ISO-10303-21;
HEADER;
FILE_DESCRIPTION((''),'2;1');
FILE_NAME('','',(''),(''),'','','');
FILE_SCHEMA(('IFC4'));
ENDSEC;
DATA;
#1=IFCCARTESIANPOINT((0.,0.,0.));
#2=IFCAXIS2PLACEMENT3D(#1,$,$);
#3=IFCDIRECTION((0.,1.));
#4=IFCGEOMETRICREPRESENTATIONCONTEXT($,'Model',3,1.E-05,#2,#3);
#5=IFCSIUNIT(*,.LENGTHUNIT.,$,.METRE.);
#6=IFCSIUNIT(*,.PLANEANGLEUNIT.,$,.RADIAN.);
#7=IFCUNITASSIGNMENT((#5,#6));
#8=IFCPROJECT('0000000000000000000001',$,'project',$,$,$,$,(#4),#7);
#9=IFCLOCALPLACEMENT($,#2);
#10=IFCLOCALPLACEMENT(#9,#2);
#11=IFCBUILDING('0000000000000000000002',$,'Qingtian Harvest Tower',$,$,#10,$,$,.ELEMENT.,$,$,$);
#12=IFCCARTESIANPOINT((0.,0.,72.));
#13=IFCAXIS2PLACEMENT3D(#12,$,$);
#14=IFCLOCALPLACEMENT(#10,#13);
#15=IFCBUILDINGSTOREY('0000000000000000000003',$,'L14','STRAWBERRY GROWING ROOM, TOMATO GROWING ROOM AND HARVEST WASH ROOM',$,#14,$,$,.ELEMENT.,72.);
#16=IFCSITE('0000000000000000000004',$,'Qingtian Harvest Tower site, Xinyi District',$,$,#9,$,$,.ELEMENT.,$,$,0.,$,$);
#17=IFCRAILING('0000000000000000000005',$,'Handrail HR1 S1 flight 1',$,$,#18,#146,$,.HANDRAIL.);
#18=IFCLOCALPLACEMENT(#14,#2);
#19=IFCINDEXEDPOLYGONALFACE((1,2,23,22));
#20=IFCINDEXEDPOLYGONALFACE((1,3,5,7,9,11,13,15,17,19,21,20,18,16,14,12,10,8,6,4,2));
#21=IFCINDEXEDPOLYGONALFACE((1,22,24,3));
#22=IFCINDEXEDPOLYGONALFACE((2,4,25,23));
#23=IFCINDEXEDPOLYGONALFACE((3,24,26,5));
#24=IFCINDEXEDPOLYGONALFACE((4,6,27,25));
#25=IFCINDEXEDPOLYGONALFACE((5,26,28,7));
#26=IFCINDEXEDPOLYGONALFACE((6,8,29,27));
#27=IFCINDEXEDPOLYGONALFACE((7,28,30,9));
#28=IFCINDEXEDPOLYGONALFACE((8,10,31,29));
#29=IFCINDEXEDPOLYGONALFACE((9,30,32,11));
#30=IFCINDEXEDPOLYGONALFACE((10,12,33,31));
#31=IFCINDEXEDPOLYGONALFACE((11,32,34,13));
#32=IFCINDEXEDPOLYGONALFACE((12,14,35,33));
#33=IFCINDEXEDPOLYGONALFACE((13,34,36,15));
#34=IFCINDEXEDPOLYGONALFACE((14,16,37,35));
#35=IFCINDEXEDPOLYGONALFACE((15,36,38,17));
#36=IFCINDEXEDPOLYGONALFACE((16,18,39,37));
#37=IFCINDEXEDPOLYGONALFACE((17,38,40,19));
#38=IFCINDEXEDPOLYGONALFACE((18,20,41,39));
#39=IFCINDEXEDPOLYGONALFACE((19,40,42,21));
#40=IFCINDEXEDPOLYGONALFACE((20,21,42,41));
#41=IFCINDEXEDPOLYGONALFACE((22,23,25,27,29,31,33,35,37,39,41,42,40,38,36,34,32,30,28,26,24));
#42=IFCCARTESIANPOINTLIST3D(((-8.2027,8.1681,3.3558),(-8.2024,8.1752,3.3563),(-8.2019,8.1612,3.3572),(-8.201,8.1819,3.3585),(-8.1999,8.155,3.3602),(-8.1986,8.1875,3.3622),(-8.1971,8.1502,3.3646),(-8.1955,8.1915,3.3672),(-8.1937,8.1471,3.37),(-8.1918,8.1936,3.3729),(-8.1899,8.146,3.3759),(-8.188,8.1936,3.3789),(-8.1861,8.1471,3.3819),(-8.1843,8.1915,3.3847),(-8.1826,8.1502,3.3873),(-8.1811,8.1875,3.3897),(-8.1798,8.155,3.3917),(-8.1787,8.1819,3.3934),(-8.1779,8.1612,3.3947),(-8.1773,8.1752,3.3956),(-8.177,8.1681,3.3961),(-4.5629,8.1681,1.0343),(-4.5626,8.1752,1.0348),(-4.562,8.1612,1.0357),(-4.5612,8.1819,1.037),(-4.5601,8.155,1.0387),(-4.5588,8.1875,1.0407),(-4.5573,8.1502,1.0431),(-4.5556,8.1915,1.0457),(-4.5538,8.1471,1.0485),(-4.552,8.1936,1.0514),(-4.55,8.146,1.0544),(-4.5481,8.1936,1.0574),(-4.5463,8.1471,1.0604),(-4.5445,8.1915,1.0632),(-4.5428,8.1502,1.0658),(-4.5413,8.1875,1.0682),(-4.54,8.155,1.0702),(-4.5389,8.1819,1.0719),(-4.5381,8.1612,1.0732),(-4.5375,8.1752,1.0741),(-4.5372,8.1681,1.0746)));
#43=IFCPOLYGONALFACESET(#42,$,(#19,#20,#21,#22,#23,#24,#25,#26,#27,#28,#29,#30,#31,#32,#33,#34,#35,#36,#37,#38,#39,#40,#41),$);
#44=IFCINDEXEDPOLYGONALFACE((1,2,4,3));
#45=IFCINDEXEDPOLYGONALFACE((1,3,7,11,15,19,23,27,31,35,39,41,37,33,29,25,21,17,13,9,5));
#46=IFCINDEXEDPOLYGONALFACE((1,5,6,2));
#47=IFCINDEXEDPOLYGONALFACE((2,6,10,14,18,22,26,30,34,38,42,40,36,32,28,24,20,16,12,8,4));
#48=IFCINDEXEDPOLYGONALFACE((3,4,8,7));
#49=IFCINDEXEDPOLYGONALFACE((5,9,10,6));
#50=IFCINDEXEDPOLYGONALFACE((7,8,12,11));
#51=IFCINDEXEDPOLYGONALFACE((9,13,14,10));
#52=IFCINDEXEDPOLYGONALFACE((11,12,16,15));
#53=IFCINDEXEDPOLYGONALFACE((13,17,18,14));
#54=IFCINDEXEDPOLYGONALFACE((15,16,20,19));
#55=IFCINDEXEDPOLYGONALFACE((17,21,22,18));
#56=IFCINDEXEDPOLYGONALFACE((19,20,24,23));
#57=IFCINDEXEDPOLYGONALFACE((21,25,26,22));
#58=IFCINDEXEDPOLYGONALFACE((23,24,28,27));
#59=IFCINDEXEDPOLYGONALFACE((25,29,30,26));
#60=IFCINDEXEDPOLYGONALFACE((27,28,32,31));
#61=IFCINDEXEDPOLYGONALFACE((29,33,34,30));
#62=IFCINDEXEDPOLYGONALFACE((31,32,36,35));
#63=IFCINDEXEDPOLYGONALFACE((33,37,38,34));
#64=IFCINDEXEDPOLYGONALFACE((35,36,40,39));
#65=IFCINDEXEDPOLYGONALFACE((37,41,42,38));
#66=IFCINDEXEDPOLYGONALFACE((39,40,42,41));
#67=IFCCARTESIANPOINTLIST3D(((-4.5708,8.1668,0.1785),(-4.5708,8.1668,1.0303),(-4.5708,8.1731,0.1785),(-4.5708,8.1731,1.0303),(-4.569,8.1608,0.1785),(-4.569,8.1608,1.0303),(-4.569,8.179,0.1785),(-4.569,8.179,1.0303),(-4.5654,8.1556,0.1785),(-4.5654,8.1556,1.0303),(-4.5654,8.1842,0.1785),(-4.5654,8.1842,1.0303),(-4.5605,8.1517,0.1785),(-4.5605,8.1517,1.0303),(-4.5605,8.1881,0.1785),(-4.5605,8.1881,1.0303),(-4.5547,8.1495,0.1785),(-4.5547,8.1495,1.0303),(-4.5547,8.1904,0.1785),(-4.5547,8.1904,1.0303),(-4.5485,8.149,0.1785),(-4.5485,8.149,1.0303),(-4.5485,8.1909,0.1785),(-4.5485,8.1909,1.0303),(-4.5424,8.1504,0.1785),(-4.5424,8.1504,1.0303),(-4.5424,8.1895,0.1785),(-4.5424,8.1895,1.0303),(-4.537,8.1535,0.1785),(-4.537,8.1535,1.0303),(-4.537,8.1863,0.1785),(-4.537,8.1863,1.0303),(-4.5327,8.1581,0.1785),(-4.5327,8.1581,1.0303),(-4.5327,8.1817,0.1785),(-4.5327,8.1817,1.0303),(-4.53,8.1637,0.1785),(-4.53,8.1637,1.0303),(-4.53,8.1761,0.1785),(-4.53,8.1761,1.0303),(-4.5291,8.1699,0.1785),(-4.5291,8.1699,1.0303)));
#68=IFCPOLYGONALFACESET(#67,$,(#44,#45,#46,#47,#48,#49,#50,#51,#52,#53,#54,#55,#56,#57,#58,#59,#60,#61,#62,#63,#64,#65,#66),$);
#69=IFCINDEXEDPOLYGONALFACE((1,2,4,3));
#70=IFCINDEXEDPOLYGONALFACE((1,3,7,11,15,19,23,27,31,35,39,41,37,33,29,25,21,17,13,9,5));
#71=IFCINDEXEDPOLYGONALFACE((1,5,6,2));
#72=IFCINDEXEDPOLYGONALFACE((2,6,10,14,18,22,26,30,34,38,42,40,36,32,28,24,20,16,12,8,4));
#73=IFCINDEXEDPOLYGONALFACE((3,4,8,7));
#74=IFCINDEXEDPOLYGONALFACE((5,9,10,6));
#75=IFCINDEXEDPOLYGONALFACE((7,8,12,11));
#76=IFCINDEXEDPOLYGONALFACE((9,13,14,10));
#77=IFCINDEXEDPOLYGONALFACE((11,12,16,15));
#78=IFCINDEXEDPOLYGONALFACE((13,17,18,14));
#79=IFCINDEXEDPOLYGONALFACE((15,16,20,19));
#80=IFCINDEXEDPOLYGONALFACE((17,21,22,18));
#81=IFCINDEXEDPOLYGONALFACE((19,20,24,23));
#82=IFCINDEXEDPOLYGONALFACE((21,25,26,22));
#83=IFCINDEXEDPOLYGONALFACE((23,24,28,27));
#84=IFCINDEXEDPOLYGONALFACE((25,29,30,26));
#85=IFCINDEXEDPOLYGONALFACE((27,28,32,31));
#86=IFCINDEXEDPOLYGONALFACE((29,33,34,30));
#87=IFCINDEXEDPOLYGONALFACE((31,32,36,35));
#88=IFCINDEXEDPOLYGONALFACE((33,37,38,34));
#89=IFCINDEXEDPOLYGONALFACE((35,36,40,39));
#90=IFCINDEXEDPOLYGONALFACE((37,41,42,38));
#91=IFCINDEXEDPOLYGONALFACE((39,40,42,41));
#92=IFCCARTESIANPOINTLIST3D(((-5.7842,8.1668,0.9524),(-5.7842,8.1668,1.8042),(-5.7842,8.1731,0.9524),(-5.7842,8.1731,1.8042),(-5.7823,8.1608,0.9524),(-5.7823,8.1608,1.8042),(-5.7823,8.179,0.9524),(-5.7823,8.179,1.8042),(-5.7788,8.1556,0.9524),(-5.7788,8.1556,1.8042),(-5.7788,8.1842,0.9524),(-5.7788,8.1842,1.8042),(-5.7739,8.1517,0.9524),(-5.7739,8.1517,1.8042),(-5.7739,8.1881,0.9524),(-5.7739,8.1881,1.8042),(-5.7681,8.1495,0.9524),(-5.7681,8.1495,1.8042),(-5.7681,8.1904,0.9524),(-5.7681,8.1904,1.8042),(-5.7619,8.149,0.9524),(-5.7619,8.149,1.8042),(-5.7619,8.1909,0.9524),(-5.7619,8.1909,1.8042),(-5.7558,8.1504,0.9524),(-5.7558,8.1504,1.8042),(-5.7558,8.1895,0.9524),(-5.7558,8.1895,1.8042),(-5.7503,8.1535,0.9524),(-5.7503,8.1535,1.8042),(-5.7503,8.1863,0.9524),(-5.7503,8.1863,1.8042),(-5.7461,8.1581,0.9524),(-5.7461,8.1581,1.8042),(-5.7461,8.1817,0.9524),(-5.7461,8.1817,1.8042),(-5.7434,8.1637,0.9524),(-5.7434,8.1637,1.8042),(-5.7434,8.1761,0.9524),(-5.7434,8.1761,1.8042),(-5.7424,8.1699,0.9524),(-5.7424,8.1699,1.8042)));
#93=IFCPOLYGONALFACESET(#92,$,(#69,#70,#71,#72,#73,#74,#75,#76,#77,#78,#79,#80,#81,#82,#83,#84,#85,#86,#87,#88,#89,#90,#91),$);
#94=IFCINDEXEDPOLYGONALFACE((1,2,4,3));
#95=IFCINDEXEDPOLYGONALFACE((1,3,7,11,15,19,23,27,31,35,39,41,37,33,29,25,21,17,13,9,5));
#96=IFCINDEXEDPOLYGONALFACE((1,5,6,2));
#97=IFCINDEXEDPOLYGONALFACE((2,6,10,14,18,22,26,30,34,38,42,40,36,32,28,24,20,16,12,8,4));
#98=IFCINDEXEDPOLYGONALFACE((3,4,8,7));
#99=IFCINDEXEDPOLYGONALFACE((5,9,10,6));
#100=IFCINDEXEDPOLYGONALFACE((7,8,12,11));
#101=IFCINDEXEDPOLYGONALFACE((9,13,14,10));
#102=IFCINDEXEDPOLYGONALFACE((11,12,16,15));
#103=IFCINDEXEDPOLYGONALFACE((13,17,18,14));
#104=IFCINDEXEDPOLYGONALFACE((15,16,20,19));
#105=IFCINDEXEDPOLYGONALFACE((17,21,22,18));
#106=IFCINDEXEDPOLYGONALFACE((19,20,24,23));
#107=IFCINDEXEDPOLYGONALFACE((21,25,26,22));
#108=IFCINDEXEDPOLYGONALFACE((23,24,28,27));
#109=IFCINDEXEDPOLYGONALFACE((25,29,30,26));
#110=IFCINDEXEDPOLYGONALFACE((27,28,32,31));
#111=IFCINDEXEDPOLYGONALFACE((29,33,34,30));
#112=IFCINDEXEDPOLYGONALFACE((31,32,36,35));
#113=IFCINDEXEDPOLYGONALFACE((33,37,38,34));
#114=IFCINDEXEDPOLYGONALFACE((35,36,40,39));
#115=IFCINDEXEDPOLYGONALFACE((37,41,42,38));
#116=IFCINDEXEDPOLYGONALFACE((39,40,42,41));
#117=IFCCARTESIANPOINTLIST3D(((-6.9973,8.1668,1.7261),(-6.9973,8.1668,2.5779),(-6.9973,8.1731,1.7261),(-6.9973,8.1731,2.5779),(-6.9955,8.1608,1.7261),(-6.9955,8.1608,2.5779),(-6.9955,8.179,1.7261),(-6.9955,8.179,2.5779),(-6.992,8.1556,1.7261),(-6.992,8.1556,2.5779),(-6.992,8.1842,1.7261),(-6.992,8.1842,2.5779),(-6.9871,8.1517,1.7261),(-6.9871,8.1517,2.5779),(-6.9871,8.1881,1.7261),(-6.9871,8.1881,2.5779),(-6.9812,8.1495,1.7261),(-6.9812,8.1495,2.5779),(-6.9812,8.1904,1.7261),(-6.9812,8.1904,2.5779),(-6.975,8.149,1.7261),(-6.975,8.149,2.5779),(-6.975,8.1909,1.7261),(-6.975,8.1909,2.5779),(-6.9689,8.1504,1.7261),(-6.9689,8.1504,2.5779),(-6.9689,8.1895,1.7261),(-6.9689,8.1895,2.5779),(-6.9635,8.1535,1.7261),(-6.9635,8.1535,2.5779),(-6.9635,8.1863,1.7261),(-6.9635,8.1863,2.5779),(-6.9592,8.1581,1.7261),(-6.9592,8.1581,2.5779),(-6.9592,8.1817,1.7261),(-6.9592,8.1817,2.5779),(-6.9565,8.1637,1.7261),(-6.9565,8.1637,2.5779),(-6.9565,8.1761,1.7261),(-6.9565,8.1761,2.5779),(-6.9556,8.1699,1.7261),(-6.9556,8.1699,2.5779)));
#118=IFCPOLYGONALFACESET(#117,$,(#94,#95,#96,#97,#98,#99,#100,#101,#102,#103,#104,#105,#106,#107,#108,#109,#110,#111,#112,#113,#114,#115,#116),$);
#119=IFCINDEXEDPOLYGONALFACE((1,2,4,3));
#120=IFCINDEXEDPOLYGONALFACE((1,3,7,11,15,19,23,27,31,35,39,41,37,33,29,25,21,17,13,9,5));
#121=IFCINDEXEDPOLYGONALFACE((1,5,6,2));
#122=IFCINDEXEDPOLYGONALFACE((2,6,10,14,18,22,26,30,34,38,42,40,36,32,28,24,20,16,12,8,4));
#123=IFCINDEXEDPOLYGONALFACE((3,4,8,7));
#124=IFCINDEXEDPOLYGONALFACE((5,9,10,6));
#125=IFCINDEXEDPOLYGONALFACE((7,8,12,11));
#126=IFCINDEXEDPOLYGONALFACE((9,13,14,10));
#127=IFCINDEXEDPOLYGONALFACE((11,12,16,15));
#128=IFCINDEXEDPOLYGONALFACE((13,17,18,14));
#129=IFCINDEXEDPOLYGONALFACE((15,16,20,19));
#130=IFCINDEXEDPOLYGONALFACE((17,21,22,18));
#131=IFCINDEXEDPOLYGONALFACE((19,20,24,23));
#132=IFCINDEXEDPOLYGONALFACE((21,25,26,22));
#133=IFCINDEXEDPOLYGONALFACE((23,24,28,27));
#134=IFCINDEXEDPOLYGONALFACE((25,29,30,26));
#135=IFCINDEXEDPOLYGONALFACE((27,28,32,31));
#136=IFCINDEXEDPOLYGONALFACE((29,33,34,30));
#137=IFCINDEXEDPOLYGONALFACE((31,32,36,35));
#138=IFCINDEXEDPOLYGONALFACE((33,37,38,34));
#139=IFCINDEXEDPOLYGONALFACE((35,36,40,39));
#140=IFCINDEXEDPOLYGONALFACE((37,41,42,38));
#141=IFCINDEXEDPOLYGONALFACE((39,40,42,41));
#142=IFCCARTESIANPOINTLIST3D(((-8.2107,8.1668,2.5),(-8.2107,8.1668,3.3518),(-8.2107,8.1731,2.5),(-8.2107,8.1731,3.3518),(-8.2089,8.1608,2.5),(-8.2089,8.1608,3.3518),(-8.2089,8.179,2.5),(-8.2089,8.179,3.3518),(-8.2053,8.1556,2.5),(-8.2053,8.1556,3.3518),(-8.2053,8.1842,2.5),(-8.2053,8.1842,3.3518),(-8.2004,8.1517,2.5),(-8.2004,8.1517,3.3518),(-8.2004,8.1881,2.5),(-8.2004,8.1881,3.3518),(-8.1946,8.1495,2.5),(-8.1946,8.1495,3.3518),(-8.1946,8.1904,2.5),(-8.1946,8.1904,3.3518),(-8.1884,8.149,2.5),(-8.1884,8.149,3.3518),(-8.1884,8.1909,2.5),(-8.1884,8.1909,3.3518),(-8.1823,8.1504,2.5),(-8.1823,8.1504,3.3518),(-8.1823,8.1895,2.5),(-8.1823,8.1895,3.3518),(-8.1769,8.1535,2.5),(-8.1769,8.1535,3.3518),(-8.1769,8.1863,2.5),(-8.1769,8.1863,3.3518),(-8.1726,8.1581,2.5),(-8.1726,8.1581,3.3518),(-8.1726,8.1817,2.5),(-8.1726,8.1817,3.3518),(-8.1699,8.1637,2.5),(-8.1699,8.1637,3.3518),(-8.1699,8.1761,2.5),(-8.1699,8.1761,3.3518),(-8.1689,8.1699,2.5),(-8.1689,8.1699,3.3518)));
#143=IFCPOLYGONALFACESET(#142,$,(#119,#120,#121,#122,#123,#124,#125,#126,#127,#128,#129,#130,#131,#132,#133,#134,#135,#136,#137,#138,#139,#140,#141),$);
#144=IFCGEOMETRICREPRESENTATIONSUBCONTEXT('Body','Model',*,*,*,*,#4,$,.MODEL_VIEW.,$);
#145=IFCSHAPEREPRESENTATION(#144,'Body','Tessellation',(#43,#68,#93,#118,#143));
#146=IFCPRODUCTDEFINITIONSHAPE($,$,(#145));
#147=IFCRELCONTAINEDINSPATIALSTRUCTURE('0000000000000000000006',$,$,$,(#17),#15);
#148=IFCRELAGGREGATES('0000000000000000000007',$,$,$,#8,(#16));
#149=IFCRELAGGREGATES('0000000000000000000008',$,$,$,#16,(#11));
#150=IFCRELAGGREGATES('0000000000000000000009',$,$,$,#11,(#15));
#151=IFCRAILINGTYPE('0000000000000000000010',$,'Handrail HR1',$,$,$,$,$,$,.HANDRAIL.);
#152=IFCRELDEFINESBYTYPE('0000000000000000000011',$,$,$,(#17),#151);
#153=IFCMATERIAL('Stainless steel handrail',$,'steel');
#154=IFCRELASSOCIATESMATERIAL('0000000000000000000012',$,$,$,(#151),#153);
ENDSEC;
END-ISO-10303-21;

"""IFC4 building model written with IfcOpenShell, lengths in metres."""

from ifc_helpers import new_model, si_unit, direction, frame, origin, origin_2d, place, context, subcontext, project, spatial, circle, extrude, material, type_object, element, save


model = new_model("IFC4")

# Units and contexts
model_context = context("Model", 3, precision=1e-05, world=origin(), true_north=direction((0.0, 1.0)))
body_context = subcontext(model_context, "Body", "Model", "MODEL_VIEW")
ifc_project = project(units=[si_unit("LENGTHUNIT", "METRE"), si_unit("PLANEANGLEUNIT", "RADIAN")], contexts=[model_context])

# Site, building, storey
site_placement = place(None, origin())
site = spatial("IfcSite", under=ifc_project, at=site_placement, Name="Qingtian Harvest Tower site, Xinyi District", CompositionType="ELEMENT", RefElevation=0.0)
building_placement = place(site_placement, origin())
building = spatial("IfcBuilding", under=site, at=building_placement, Name="Qingtian Harvest Tower", CompositionType="ELEMENT")
storey_placement = place(building_placement, frame((0.0, 0.0, 72.0)))
storey = spatial("IfcBuildingStorey", under=building, at=storey_placement, Name="L14", Description="STRAWBERRY GROWING ROOM, TOMATO GROWING ROOM AND HARVEST WASH ROOM", CompositionType="ELEMENT", Elevation=72.0)

# Railing
ifc_material_1 = material(Name="Stainless steel handrail", Category="steel")
railing_type = type_object("IfcRailingType", Name="Handrail HR1", PredefinedType="HANDRAIL", material=ifc_material_1)
railing_placement = place(storey_placement, frame((-4.55, 8.1699, 0.1785)))
element("IfcRailing", 1, at=railing_placement, inside=storey, type_object=railing_type, Name="Handrail HR1 S1 flight 1", PredefinedType="HANDRAIL", context=body_context, shape_type="SweptSolid", body=[
    extrude(circle(Radius=0.0239, at=origin_2d()), frame((0.0, 0.0, 0.876), z_axis=(-0.843112, 0.0, 0.537739), x_axis=(0.0, -1.0, 0.0)), (0.0, 0.0, 1.0), 4.3171),
    extrude(circle(Radius=0.021, at=origin_2d()), origin(), (0.0, 0.0, 1.0), 0.8518),
    extrude(circle(Radius=0.021, at=origin_2d()), frame((-1.2134, 0.0, 0.7739)), (0.0, 0.0, 1.0), 0.8518),
    extrude(circle(Radius=0.021, at=origin_2d()), frame((-2.4265, 0.0, 1.5476)), (0.0, 0.0, 1.0), 0.8518),
    extrude(circle(Radius=0.021, at=origin_2d()), frame((-3.6399, 0.0, 2.3215)), (0.0, 0.0, 1.0), 0.8518),
])

save(model, "model.ifc")
